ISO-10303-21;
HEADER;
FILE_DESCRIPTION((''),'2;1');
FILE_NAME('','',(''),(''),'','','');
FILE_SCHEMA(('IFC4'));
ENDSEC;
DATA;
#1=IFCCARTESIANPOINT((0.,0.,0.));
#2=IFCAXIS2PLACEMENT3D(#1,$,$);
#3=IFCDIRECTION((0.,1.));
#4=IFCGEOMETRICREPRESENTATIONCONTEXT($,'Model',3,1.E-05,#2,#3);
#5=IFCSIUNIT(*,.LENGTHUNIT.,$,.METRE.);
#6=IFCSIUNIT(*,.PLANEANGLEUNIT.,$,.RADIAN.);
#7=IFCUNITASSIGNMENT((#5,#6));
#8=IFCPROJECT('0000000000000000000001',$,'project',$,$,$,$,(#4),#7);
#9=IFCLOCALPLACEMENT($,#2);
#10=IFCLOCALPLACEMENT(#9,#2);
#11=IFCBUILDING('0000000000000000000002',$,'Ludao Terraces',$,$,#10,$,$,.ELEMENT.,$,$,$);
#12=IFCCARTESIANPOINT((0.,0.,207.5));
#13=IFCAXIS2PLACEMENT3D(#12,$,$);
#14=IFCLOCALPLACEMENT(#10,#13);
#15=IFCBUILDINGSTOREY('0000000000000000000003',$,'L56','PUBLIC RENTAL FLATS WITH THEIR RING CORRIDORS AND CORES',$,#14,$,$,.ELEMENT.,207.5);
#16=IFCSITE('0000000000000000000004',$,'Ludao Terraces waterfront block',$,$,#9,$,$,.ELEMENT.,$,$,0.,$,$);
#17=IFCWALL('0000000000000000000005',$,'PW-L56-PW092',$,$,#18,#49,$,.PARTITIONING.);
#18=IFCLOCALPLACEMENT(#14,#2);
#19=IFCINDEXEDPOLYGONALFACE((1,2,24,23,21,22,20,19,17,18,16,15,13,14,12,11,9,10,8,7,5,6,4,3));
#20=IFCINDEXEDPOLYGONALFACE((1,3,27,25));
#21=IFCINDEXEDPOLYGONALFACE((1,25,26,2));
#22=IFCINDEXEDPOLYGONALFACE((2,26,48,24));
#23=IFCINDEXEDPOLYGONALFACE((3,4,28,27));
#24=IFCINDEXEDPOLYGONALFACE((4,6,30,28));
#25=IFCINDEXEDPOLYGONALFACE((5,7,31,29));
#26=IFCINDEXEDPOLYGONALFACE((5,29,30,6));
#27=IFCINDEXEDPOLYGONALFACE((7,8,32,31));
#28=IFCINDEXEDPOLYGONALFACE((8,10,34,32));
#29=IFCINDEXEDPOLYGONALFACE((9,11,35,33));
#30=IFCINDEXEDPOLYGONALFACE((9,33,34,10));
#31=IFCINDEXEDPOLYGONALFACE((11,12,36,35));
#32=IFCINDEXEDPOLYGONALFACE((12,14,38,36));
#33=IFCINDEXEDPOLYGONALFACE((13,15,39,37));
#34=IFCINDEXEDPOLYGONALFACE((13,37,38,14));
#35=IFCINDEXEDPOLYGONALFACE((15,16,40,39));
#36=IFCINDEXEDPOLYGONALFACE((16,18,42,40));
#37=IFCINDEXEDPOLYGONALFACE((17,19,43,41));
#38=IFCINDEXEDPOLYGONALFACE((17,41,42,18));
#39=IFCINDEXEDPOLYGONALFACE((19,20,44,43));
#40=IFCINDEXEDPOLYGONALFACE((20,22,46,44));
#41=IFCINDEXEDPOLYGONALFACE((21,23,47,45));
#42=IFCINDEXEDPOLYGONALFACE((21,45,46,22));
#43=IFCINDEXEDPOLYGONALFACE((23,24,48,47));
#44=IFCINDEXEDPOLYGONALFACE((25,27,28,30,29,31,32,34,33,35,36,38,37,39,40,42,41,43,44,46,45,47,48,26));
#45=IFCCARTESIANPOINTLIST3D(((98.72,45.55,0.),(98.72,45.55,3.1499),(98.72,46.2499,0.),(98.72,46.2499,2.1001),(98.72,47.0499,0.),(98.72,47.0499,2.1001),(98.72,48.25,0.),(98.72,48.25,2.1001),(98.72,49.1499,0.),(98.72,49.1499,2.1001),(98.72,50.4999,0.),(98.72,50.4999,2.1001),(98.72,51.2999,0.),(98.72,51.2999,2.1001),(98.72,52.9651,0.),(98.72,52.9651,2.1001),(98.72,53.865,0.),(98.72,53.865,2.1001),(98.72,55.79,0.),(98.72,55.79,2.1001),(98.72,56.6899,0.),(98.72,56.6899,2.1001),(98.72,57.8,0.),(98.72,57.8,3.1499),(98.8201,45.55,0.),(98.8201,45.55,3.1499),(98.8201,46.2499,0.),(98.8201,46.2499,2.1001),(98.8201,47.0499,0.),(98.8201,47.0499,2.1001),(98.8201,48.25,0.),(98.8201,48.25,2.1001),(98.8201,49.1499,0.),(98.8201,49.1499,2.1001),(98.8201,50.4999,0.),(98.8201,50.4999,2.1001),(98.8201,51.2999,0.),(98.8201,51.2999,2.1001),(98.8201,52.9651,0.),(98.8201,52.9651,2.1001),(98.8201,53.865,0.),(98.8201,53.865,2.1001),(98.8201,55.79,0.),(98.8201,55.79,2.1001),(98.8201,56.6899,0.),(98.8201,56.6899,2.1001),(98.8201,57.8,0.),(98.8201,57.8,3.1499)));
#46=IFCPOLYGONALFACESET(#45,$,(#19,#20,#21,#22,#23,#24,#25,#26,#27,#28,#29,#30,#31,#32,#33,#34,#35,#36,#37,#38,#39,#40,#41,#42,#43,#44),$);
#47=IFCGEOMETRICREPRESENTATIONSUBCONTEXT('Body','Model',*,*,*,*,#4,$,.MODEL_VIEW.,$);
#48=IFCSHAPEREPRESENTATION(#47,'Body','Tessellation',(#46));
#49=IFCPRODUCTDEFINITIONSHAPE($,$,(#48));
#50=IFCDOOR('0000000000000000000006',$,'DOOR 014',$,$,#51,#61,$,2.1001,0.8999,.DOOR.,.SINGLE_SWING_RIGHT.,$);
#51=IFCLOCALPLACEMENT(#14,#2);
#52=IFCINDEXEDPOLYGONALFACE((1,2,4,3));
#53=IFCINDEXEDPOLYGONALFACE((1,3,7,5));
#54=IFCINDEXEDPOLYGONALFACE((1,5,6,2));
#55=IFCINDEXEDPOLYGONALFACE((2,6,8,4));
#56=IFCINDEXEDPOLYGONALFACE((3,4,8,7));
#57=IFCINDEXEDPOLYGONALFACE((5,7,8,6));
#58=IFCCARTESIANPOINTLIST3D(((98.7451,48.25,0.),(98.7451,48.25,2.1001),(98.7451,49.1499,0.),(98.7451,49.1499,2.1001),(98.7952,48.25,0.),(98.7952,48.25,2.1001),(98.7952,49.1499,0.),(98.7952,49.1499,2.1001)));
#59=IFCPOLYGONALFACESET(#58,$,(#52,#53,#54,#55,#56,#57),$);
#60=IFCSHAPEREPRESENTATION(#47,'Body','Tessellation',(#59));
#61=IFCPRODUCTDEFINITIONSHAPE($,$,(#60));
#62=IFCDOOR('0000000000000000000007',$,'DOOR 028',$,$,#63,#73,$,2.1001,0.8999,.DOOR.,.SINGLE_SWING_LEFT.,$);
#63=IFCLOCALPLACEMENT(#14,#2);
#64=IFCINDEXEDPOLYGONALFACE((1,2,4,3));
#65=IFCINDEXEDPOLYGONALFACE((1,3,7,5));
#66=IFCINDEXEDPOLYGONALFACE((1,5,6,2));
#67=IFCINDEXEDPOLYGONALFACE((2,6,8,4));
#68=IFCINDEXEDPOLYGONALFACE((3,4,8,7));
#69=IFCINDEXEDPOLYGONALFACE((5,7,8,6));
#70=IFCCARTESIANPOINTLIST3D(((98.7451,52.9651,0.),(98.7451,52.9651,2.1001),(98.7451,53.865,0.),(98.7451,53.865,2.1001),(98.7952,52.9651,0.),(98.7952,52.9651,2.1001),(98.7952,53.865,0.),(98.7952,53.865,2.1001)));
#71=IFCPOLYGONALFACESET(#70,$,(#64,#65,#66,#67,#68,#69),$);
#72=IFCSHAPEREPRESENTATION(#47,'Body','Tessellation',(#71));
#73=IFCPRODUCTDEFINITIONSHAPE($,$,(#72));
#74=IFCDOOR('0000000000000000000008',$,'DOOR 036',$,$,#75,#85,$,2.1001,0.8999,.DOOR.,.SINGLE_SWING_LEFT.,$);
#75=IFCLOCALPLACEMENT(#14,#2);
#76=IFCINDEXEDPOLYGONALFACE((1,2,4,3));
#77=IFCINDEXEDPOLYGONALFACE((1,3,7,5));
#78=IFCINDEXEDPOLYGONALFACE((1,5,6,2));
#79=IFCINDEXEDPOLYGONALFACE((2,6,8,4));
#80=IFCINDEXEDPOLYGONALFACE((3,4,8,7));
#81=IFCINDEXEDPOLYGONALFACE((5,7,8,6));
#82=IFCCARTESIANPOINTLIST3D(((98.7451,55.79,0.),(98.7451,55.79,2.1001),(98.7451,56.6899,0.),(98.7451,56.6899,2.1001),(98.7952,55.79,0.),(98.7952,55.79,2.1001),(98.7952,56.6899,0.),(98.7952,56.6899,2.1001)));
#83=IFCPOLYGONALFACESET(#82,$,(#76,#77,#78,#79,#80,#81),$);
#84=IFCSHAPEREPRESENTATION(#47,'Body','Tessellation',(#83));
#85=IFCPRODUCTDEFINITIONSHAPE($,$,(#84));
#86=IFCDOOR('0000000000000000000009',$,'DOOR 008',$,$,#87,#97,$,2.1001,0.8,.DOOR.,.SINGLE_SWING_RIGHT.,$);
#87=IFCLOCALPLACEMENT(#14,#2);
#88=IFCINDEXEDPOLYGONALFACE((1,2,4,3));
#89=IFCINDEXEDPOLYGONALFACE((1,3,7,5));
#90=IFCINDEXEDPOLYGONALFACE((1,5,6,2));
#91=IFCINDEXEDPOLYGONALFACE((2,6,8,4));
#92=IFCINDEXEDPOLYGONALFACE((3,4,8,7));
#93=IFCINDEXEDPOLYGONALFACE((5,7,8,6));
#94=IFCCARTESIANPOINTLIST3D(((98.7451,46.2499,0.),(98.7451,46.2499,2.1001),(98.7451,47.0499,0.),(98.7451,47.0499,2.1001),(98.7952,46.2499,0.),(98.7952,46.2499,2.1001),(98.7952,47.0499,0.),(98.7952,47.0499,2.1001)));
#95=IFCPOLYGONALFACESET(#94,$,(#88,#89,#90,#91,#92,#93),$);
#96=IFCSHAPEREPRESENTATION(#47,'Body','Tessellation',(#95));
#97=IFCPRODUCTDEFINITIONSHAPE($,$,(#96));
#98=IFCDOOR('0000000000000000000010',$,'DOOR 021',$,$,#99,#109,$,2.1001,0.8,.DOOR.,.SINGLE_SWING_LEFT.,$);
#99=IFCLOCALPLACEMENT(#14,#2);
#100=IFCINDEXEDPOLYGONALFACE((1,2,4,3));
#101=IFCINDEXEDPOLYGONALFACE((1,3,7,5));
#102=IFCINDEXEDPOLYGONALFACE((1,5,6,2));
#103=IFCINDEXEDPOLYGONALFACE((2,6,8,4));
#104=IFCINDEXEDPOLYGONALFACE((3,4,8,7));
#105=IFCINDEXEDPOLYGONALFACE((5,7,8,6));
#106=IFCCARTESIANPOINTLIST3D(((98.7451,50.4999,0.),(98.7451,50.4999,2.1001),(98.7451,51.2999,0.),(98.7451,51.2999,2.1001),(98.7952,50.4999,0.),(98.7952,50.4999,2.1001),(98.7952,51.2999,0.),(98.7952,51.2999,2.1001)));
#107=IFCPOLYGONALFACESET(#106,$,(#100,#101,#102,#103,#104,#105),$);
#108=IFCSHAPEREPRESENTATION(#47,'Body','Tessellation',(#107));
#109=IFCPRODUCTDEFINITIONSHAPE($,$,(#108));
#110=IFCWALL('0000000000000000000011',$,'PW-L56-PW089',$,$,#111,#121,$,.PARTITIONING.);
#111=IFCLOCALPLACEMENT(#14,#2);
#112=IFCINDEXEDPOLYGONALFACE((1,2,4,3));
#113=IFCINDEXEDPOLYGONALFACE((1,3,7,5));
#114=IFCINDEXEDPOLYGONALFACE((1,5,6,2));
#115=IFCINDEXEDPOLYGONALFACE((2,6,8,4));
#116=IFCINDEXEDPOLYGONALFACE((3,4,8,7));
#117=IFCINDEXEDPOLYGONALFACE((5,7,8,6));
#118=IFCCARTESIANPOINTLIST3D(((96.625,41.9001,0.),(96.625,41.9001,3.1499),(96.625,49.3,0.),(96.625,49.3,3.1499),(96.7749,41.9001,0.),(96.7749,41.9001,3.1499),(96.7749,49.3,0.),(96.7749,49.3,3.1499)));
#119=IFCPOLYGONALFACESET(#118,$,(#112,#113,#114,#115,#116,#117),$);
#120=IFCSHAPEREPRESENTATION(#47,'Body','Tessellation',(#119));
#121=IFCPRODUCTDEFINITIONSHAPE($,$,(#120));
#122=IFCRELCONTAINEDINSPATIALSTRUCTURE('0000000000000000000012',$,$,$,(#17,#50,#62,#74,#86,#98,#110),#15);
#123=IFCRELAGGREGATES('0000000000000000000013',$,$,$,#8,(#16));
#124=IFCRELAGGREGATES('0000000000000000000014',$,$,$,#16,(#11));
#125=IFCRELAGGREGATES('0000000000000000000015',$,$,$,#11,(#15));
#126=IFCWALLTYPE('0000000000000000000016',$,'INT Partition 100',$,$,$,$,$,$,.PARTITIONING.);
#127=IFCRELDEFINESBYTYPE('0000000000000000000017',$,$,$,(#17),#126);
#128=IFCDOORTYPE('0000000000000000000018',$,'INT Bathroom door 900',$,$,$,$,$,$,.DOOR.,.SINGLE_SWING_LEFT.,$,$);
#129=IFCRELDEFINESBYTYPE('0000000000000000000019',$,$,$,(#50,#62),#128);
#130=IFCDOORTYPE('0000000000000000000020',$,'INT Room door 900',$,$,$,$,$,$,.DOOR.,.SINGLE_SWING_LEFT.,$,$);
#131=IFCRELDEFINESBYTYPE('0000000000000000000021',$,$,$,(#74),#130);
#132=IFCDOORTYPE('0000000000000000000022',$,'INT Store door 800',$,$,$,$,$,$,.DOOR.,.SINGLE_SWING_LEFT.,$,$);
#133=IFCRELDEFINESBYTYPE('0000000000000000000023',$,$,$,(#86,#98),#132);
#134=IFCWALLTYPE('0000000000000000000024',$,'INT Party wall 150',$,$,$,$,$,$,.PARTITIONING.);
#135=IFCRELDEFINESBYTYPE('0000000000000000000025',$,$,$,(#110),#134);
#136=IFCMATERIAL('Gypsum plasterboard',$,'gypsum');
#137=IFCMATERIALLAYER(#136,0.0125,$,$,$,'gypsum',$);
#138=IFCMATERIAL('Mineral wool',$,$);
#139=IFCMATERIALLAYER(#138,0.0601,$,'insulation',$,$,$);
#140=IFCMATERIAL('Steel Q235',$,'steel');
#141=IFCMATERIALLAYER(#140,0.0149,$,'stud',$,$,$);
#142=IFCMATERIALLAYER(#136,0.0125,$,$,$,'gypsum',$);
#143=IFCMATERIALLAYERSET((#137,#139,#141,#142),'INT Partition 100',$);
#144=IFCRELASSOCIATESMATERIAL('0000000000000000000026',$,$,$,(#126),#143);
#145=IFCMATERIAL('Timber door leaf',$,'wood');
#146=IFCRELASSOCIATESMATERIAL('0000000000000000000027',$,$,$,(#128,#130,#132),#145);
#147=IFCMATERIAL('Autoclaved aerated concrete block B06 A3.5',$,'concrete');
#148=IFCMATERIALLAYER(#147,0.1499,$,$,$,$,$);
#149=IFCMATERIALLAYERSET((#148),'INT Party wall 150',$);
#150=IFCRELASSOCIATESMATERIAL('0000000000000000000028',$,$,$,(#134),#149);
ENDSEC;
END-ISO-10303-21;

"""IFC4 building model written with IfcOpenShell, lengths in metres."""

from ifc_helpers import new_model, si_unit, direction, frame, frame_2d, origin, place, context, subcontext, project, spatial, rectangle, extrude, material, layer, layer_set, type_object, element, fill, save


model = new_model("IFC4")

# Units and contexts
model_context = context("Model", 3, precision=1e-05, world=origin(), true_north=direction((0.0, 1.0)))
body_context = subcontext(model_context, "Body", "Model", "MODEL_VIEW")
ifc_project = project(units=[si_unit("LENGTHUNIT", "METRE"), si_unit("PLANEANGLEUNIT", "RADIAN")], contexts=[model_context])

# Site, building, storey
site_placement = place(None, origin())
site = spatial("IfcSite", under=ifc_project, at=site_placement, Name="Ludao Terraces waterfront block", CompositionType="ELEMENT", RefElevation=0.0)
building_placement = place(site_placement, origin())
building = spatial("IfcBuilding", under=site, at=building_placement, Name="Ludao Terraces", CompositionType="ELEMENT")
storey_placement = place(building_placement, frame((0.0, 0.0, 207.5)))
storey = spatial("IfcBuildingStorey", under=building, at=storey_placement, Name="L56", Description="PUBLIC RENTAL FLATS WITH THEIR RING CORRIDORS AND CORES", CompositionType="ELEMENT", Elevation=207.5)

# Wall, openings, doors
ifc_material_1 = material(Name="Gypsum plasterboard", Category="gypsum")
ifc_layer_1 = layer(ifc_material_1, 0.0125, Category="gypsum")
ifc_material_2 = material(Name="Mineral wool")
ifc_layer_2 = layer(ifc_material_2, 0.0601, Name="insulation")
ifc_material_3 = material(Name="Steel Q235", Category="steel")
ifc_layer_3 = layer(ifc_material_3, 0.0149, Name="stud")
ifc_layer_4 = layer(ifc_material_1, 0.0125, Category="gypsum")
ifc_layer_set_1 = layer_set([ifc_layer_1, ifc_layer_2, ifc_layer_3, ifc_layer_4], Name="INT Partition 100")
wall_type_1 = type_object("IfcWallType", Name="INT Partition 100", PredefinedType="PARTITIONING", material=ifc_layer_set_1)
wall_1_placement = place(storey_placement, frame((98.77, 45.55, 0.0), z_axis=(0.0, 0.0, 1.0), x_axis=(0.0, 1.0, 0.0)))
wall_1 = element("IfcWall", 1, at=wall_1_placement, inside=storey, type_object=wall_type_1, Name="PW-L56-PW092", PredefinedType="PARTITIONING", context=body_context, shape_type="SweptSolid", body=[
    extrude(rectangle(XDim=12.25, YDim=0.1001, at=frame_2d((6.125, 0.0))), origin(), (0.0, 0.0, 1.0), 3.1499),
])
opening_1_placement = place(wall_1_placement, frame((0.7, 0.0, 0.0)))
opening_1 = element("IfcOpeningElement", 2, at=opening_1_placement, cuts=wall_1, PredefinedType="OPENING", context=body_context, shape_type="SweptSolid", body=[
    extrude(rectangle(XDim=0.8, YDim=2.1001, at=frame_2d((0.3999, 1.05))), frame((0.0, 0.0601, 0.0), z_axis=(0.0, -1.0, 0.0), x_axis=(1.0, 0.0, 0.0)), (0.0, 0.0, 1.0), 0.1201),
])
opening_2_placement = place(wall_1_placement, frame((2.7, 0.0, 0.0)))
opening_2 = element("IfcOpeningElement", 3, at=opening_2_placement, cuts=wall_1, PredefinedType="OPENING", context=body_context, shape_type="SweptSolid", body=[
    extrude(rectangle(XDim=0.8999, YDim=2.1001, at=frame_2d((0.45, 1.05))), frame((0.0, 0.0601, 0.0), z_axis=(0.0, -1.0, 0.0), x_axis=(1.0, 0.0, 0.0)), (0.0, 0.0, 1.0), 0.1201),
])
opening_3_placement = place(wall_1_placement, frame((4.95, 0.0, 0.0)))
opening_3 = element("IfcOpeningElement", 4, at=opening_3_placement, cuts=wall_1, PredefinedType="OPENING", context=body_context, shape_type="SweptSolid", body=[
    extrude(rectangle(XDim=0.8, YDim=2.1001, at=frame_2d((0.3999, 1.05))), frame((0.0, 0.0601, 0.0), z_axis=(0.0, -1.0, 0.0), x_axis=(1.0, 0.0, 0.0)), (0.0, 0.0, 1.0), 0.1201),
])
opening_4_placement = place(wall_1_placement, frame((7.415, 0.0, 0.0)))
opening_4 = element("IfcOpeningElement", 5, at=opening_4_placement, cuts=wall_1, PredefinedType="OPENING", context=body_context, shape_type="SweptSolid", body=[
    extrude(rectangle(XDim=0.8999, YDim=2.1001, at=frame_2d((0.45, 1.05))), frame((0.0, 0.0601, 0.0), z_axis=(0.0, -1.0, 0.0), x_axis=(1.0, 0.0, 0.0)), (0.0, 0.0, 1.0), 0.1201),
])
opening_5_placement = place(wall_1_placement, frame((10.24, 0.0, 0.0)))
opening_5 = element("IfcOpeningElement", 6, at=opening_5_placement, cuts=wall_1, PredefinedType="OPENING", context=body_context, shape_type="SweptSolid", body=[
    extrude(rectangle(XDim=0.8999, YDim=2.1001, at=frame_2d((0.45, 1.05))), frame((0.0, 0.0601, 0.0), z_axis=(0.0, -1.0, 0.0), x_axis=(1.0, 0.0, 0.0)), (0.0, 0.0, 1.0), 0.1201),
])
ifc_material_4 = material(Name="Timber door leaf", Category="wood")
door_type_1 = type_object("IfcDoorType", Name="INT Bathroom door 900", OperationType="SINGLE_SWING_LEFT", PredefinedType="DOOR", material=ifc_material_4)
door_1_placement = place(opening_2_placement, origin())
door_1 = element("IfcDoor", 7, at=door_1_placement, inside=storey, type_object=door_type_1, Name="DOOR 014", OperationType="SINGLE_SWING_RIGHT", OverallHeight=2.1001, OverallWidth=0.8999, PredefinedType="DOOR", context=body_context, shape_type="SweptSolid", body=[
    extrude(rectangle(XDim=0.8999, YDim=2.1001, at=frame_2d((0.45, 1.05))), frame((0.0, 0.0249, 0.0), z_axis=(0.0, -1.0, 0.0), x_axis=(1.0, 0.0, 0.0)), (0.0, 0.0, 1.0), 0.05),
])
fill(opening_2, door_1)
door_2_placement = place(opening_4_placement, origin())
door_2 = element("IfcDoor", 8, at=door_2_placement, inside=storey, type_object=door_type_1, Name="DOOR 028", OperationType="SINGLE_SWING_LEFT", OverallHeight=2.1001, OverallWidth=0.8999, PredefinedType="DOOR", context=body_context, shape_type="SweptSolid", body=[
    extrude(rectangle(XDim=0.8999, YDim=2.1001, at=frame_2d((0.45, 1.05))), frame((0.0, 0.0249, 0.0), z_axis=(0.0, -1.0, 0.0), x_axis=(1.0, 0.0, 0.0)), (0.0, 0.0, 1.0), 0.05),
])
fill(opening_4, door_2)
door_type_2 = type_object("IfcDoorType", Name="INT Room door 900", OperationType="SINGLE_SWING_LEFT", PredefinedType="DOOR", material=ifc_material_4)
door_3_placement = place(opening_5_placement, origin())
door_3 = element("IfcDoor", 9, at=door_3_placement, inside=storey, type_object=door_type_2, Name="DOOR 036", OperationType="SINGLE_SWING_LEFT", OverallHeight=2.1001, OverallWidth=0.8999, PredefinedType="DOOR", context=body_context, shape_type="SweptSolid", body=[
    extrude(rectangle(XDim=0.8999, YDim=2.1001, at=frame_2d((0.45, 1.05))), frame((0.0, 0.0249, 0.0), z_axis=(0.0, -1.0, 0.0), x_axis=(1.0, 0.0, 0.0)), (0.0, 0.0, 1.0), 0.05),
])
fill(opening_5, door_3)
door_type_3 = type_object("IfcDoorType", Name="INT Store door 800", OperationType="SINGLE_SWING_LEFT", PredefinedType="DOOR", material=ifc_material_4)
door_4_placement = place(opening_1_placement, origin())
door_4 = element("IfcDoor", 10, at=door_4_placement, inside=storey, type_object=door_type_3, Name="DOOR 008", OperationType="SINGLE_SWING_RIGHT", OverallHeight=2.1001, OverallWidth=0.8, PredefinedType="DOOR", context=body_context, shape_type="SweptSolid", body=[
    extrude(rectangle(XDim=0.8, YDim=2.1001, at=frame_2d((0.3999, 1.05))), frame((0.0, 0.0249, 0.0), z_axis=(0.0, -1.0, 0.0), x_axis=(1.0, 0.0, 0.0)), (0.0, 0.0, 1.0), 0.05),
])
fill(opening_1, door_4)
door_5_placement = place(opening_3_placement, origin())
door_5 = element("IfcDoor", 11, at=door_5_placement, inside=storey, type_object=door_type_3, Name="DOOR 021", OperationType="SINGLE_SWING_LEFT", OverallHeight=2.1001, OverallWidth=0.8, PredefinedType="DOOR", context=body_context, shape_type="SweptSolid", body=[
    extrude(rectangle(XDim=0.8, YDim=2.1001, at=frame_2d((0.3999, 1.05))), frame((0.0, 0.0249, 0.0), z_axis=(0.0, -1.0, 0.0), x_axis=(1.0, 0.0, 0.0)), (0.0, 0.0, 1.0), 0.05),
])
fill(opening_3, door_5)

# Wall
ifc_material_5 = material(Name="Autoclaved aerated concrete block B06 A3.5", Category="concrete")
ifc_layer_5 = layer(ifc_material_5, 0.1499)
ifc_layer_set_2 = layer_set([ifc_layer_5], Name="INT Party wall 150")
wall_type_2 = type_object("IfcWallType", Name="INT Party wall 150", PredefinedType="PARTITIONING", material=ifc_layer_set_2)
wall_2_placement = place(storey_placement, frame((96.7, 41.9001, 0.0), z_axis=(0.0, 0.0, 1.0), x_axis=(0.0, 1.0, 0.0)))
element("IfcWall", 12, at=wall_2_placement, inside=storey, type_object=wall_type_2, Name="PW-L56-PW089", PredefinedType="PARTITIONING", context=body_context, shape_type="SweptSolid", body=[
    extrude(rectangle(XDim=7.3999, YDim=0.1499, at=frame_2d((3.7, 0.0))), origin(), (0.0, 0.0, 1.0), 3.1499),
])

save(model, "model.ifc")
